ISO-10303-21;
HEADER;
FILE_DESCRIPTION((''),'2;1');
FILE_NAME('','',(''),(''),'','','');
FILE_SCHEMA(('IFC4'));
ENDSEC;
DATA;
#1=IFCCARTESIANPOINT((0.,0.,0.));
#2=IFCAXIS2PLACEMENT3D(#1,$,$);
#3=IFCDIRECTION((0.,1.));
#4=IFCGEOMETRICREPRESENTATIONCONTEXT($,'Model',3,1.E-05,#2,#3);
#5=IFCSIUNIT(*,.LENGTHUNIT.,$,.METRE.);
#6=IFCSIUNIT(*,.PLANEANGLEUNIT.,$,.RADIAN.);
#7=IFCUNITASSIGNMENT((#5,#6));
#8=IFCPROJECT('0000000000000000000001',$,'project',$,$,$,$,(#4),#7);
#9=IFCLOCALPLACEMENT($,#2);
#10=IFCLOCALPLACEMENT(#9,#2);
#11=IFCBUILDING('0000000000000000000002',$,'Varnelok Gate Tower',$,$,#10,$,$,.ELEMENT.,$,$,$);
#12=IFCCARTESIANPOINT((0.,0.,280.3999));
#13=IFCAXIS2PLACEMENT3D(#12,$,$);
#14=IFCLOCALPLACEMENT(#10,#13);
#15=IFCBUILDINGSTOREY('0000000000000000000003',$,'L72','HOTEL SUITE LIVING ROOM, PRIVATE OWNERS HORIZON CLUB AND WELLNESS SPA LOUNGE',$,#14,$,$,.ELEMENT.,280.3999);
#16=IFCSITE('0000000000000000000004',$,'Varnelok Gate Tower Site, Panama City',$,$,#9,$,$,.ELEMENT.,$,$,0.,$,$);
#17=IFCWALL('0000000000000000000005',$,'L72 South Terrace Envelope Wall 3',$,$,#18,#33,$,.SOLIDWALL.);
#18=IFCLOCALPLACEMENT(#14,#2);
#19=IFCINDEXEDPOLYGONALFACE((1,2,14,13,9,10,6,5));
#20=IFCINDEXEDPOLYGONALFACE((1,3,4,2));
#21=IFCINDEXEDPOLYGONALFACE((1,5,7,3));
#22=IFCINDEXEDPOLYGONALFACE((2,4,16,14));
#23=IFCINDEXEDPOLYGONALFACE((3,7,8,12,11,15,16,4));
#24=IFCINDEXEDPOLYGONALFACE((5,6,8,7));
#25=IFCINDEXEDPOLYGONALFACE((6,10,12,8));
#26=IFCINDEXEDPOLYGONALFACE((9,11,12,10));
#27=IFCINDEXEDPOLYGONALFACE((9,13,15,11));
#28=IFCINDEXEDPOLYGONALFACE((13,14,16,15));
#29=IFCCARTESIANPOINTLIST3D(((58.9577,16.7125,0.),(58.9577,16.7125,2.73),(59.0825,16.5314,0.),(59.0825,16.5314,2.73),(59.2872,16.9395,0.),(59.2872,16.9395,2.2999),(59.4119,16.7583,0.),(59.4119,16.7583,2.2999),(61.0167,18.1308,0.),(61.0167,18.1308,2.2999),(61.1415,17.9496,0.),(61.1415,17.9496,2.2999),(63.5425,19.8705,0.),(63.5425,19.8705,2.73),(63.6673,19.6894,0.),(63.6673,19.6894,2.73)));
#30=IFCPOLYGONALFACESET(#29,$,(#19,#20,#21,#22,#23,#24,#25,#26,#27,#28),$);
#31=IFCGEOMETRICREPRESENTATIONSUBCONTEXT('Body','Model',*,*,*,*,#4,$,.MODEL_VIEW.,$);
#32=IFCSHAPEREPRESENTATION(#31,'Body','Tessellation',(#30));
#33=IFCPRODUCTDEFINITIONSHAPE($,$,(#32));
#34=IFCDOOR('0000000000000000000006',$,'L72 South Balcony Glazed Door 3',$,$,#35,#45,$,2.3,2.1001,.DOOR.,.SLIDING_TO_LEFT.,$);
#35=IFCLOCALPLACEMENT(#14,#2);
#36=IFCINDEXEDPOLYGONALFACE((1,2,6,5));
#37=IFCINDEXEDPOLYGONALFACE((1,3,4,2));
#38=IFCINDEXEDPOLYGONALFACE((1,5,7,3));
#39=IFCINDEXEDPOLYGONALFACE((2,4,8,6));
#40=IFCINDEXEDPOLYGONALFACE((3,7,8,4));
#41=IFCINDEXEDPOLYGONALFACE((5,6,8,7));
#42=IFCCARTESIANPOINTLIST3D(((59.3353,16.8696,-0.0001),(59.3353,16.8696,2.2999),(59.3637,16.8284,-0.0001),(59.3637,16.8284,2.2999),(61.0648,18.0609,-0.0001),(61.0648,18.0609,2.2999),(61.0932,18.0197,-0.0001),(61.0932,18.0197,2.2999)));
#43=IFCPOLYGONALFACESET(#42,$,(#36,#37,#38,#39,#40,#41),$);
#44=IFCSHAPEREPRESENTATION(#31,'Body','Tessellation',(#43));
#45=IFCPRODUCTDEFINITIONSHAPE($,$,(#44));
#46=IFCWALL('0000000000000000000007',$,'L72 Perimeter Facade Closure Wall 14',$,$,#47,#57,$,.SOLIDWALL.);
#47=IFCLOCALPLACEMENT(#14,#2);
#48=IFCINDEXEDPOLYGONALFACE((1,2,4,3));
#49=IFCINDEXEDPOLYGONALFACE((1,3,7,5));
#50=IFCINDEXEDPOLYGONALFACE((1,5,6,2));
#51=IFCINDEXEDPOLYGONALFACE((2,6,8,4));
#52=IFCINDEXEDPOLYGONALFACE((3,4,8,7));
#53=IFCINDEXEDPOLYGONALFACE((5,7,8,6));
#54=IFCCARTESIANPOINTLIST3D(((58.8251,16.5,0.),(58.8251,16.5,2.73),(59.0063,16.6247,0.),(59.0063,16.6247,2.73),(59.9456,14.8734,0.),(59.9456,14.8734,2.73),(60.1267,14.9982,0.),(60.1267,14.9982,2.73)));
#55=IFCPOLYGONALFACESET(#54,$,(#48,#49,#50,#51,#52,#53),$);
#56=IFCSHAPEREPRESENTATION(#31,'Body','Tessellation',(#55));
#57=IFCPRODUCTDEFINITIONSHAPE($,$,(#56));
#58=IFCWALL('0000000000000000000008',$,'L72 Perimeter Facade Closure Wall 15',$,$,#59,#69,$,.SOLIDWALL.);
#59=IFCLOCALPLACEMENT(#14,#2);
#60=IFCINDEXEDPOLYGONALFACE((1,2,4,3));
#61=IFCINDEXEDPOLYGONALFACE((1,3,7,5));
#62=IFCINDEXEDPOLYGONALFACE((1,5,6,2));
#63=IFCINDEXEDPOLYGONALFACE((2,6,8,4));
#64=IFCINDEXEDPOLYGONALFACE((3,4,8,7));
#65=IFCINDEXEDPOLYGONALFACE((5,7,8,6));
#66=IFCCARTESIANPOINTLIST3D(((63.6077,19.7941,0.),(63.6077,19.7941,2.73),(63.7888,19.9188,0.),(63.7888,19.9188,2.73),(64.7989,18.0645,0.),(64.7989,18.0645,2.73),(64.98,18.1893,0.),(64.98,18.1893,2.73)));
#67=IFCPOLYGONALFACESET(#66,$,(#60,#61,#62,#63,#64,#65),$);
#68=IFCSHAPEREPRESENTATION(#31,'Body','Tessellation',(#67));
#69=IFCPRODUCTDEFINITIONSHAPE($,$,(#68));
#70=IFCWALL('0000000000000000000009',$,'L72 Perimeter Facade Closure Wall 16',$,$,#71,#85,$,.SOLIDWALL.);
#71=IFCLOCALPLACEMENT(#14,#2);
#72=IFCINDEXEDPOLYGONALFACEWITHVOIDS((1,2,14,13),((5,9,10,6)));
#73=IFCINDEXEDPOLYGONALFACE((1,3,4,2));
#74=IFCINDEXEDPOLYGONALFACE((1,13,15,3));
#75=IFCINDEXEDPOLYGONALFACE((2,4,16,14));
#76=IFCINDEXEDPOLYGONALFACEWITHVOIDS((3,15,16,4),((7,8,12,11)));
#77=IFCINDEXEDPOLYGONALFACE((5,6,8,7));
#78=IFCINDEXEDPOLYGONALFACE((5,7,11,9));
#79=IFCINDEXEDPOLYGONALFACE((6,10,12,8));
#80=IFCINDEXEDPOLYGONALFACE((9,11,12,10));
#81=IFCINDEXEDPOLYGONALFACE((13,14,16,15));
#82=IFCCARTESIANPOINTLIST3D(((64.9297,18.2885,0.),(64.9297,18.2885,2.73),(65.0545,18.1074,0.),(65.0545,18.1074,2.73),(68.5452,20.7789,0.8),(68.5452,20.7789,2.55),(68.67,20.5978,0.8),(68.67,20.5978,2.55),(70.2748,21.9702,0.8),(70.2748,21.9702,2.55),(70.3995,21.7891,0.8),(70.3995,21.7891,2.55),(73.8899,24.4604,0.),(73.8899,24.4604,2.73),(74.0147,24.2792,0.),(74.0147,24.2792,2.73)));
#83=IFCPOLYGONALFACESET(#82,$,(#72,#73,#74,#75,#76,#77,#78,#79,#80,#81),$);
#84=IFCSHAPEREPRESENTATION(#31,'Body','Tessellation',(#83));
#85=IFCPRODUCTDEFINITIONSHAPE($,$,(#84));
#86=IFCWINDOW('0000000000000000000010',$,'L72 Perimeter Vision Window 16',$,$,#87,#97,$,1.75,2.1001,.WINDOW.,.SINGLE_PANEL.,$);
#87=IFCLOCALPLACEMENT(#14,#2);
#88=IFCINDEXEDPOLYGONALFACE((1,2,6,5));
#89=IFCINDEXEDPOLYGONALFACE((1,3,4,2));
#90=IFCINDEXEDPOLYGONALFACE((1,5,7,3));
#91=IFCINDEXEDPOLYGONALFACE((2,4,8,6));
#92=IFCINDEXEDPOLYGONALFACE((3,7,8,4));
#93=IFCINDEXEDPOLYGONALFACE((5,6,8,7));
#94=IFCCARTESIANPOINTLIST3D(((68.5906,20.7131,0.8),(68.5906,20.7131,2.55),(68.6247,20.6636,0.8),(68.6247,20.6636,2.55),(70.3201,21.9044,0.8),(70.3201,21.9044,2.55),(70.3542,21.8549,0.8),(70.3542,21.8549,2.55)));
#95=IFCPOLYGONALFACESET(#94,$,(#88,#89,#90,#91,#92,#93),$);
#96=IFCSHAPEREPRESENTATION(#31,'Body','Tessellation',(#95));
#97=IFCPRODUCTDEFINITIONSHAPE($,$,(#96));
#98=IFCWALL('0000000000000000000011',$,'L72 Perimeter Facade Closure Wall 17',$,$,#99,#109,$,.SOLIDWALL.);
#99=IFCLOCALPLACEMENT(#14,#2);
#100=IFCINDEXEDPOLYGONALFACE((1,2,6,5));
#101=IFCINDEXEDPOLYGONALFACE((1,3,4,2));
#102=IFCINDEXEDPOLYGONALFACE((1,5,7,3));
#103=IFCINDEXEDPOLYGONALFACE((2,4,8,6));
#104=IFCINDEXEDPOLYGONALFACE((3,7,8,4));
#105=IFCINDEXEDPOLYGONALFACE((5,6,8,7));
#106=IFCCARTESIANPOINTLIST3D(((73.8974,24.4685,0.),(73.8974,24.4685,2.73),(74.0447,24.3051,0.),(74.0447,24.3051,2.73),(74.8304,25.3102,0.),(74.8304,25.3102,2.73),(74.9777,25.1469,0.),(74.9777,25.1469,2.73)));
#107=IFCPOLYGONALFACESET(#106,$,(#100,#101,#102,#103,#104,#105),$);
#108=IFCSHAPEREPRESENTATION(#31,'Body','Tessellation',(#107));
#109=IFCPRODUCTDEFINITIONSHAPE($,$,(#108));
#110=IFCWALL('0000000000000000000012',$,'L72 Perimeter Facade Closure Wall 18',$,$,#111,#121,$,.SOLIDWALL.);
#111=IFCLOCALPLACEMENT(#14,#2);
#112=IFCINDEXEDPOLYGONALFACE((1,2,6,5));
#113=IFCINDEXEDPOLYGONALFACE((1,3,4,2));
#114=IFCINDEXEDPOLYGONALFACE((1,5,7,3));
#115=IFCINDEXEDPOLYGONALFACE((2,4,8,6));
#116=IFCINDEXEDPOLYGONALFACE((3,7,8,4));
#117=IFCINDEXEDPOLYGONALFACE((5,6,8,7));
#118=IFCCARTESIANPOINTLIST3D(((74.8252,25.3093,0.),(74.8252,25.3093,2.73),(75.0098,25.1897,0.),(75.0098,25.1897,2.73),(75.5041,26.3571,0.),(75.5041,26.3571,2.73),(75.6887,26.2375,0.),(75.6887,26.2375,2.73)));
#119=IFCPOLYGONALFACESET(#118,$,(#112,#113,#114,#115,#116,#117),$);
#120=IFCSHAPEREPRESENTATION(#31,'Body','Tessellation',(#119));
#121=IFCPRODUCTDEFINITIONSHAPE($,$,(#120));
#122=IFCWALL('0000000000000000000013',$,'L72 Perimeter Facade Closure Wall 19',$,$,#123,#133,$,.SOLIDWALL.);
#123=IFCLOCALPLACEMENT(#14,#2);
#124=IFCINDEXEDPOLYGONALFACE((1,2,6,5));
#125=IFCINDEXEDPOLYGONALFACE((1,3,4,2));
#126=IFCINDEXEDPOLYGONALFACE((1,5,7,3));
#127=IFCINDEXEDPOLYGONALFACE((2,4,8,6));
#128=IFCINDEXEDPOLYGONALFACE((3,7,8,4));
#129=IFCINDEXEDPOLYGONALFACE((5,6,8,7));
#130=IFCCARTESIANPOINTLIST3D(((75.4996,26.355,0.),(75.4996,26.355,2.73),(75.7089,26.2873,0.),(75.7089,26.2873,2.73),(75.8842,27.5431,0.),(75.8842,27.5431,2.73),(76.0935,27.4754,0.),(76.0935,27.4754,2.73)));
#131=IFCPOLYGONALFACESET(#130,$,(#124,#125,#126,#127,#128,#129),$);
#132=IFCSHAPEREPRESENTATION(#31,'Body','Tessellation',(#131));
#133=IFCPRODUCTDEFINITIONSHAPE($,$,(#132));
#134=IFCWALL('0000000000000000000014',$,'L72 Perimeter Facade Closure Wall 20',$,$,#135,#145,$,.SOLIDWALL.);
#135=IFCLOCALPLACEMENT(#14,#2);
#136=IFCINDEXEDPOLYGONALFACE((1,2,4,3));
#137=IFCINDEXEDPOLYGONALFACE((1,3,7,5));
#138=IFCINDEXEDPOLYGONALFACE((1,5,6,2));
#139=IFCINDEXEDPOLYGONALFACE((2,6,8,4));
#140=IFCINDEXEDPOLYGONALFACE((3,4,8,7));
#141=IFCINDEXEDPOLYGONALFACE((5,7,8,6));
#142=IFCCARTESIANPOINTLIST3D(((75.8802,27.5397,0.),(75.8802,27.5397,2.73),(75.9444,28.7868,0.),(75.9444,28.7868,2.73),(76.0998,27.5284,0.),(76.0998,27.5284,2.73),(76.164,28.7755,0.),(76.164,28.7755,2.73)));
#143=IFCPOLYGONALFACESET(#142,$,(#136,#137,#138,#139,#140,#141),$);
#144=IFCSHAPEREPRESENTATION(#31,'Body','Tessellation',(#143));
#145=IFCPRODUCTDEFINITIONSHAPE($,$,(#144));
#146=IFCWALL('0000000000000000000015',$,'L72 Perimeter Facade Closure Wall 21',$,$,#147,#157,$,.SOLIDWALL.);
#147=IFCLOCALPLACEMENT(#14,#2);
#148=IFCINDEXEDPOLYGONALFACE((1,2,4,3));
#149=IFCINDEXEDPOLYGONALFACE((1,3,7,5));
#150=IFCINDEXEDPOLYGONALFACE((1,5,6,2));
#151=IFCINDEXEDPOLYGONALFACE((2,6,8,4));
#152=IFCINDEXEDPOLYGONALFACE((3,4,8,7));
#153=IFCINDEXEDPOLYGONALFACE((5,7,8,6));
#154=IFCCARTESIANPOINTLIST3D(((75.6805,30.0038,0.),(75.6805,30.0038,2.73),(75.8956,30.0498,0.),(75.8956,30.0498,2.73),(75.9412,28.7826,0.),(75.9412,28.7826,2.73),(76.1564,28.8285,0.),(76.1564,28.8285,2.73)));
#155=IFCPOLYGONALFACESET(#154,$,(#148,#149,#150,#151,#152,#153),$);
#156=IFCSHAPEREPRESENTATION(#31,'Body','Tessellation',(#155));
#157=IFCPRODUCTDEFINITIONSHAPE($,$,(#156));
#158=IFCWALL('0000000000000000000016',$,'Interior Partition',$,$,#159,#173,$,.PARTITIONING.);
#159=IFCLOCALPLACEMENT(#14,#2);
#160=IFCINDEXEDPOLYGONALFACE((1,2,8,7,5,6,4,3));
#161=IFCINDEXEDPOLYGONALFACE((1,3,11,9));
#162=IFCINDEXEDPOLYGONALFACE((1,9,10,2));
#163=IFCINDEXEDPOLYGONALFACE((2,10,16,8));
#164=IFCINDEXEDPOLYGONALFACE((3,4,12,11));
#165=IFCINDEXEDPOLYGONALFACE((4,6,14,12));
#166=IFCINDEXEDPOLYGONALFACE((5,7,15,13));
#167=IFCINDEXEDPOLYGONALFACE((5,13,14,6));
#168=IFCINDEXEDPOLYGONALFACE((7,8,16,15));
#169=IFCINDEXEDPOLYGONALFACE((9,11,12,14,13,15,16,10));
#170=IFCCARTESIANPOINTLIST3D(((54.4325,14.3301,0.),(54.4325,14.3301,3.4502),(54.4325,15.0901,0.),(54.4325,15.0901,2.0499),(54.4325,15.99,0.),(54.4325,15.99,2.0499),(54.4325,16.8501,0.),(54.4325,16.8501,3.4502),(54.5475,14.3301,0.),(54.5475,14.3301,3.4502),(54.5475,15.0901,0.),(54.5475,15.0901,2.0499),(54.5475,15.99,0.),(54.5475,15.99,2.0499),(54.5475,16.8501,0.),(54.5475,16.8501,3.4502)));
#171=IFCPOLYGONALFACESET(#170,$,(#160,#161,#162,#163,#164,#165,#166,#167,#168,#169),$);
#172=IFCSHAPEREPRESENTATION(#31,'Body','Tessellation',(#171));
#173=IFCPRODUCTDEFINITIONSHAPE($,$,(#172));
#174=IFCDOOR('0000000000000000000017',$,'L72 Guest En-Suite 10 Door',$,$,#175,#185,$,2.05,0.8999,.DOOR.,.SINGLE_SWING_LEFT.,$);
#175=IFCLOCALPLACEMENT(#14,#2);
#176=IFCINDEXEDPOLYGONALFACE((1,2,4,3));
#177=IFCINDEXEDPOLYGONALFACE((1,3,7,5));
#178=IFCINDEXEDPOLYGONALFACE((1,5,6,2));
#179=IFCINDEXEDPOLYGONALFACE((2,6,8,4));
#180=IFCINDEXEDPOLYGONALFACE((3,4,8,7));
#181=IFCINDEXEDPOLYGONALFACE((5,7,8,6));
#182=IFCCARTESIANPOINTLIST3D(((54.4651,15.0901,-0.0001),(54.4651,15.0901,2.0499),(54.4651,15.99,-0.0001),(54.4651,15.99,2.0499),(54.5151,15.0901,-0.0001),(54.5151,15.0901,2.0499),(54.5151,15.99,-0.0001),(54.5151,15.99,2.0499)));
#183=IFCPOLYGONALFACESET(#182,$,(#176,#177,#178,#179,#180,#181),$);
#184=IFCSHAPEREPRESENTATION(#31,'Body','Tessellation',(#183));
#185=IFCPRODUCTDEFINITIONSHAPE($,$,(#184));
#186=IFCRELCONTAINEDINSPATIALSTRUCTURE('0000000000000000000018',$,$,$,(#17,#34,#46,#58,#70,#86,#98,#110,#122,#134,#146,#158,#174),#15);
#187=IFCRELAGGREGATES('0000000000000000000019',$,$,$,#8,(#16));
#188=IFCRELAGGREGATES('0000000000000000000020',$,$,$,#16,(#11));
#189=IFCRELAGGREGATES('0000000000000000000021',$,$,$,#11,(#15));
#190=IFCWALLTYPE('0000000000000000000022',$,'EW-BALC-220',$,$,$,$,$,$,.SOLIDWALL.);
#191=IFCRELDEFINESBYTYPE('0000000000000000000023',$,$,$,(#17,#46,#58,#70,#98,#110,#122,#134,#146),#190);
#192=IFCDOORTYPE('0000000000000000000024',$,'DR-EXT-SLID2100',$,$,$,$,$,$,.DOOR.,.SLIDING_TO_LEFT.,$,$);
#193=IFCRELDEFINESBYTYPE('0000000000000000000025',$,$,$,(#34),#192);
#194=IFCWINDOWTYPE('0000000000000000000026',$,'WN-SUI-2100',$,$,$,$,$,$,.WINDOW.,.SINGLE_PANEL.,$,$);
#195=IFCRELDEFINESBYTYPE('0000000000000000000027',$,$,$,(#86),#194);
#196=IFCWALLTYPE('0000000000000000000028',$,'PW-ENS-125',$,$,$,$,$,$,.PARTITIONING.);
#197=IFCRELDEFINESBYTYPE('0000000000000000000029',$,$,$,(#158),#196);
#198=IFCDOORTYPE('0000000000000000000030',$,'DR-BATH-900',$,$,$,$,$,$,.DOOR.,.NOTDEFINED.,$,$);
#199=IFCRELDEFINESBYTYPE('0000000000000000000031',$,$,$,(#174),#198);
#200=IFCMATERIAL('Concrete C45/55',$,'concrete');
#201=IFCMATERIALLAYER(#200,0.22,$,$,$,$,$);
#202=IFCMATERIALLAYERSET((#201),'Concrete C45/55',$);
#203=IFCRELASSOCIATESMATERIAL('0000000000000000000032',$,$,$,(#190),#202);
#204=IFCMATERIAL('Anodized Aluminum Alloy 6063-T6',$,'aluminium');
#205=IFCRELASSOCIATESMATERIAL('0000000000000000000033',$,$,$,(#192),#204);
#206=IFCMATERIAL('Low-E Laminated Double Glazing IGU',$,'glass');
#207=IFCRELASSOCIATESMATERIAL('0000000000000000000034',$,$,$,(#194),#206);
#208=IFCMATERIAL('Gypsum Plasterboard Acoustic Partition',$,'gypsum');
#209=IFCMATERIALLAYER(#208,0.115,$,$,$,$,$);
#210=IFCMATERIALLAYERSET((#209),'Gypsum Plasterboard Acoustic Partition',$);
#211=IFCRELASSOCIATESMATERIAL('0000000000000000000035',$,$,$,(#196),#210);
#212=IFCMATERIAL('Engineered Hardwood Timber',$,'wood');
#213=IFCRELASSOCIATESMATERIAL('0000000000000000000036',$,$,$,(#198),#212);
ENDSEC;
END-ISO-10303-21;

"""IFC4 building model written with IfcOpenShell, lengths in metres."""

from ifc_helpers import new_model, si_unit, direction, frame, frame_2d, origin, place, context, subcontext, project, spatial, rectangle, extrude, material, layer, layer_set, type_object, element, fill, save


model = new_model("IFC4")

# Units and contexts
model_context = context("Model", 3, precision=1e-05, world=origin(), true_north=direction((0.0, 1.0)))
body_context = subcontext(model_context, "Body", "Model", "MODEL_VIEW")
ifc_project = project(units=[si_unit("LENGTHUNIT", "METRE"), si_unit("PLANEANGLEUNIT", "RADIAN")], contexts=[model_context])

# Site, building, storey
site_placement = place(None, origin())
site = spatial("IfcSite", under=ifc_project, at=site_placement, Name="Varnelok Gate Tower Site, Panama City", CompositionType="ELEMENT", RefElevation=0.0)
building_placement = place(site_placement, origin())
building = spatial("IfcBuilding", under=site, at=building_placement, Name="Varnelok Gate Tower", CompositionType="ELEMENT")
storey_placement = place(building_placement, frame((0.0, 0.0, 280.3999)))
storey = spatial("IfcBuildingStorey", under=building, at=storey_placement, Name="L72", Description="HOTEL SUITE LIVING ROOM, PRIVATE OWNERS HORIZON CLUB AND WELLNESS SPA LOUNGE", CompositionType="ELEMENT", Elevation=280.3999)

# Wall, opening, door
ifc_material_1 = material(Name="Concrete C45/55", Category="concrete")
ifc_layer_1 = layer(ifc_material_1, 0.22)
ifc_layer_set_1 = layer_set([ifc_layer_1], Name="Concrete C45/55")
wall_type_1 = type_object("IfcWallType", Name="EW-BALC-220", PredefinedType="SOLIDWALL", material=ifc_layer_set_1)
wall_1_placement = place(storey_placement, frame((63.605, 19.78, 0.0), z_axis=(0.0, 0.0, 1.0), x_axis=(-0.823541, -0.567256, 0.0)))
wall_1 = element("IfcWall", 1, at=wall_1_placement, inside=storey, type_object=wall_type_1, Name="L72 South Terrace Envelope Wall 3", PredefinedType="SOLIDWALL", context=body_context, shape_type="SweptSolid", body=[
    extrude(rectangle(XDim=5.5671, YDim=0.22, at=frame_2d((2.7837, 0.0))), origin(), (0.0, 0.0, 1.0), 2.73),
])
opening_1_placement = place(wall_1_placement, frame((3.0671, 0.0, 0.0)))
opening_1 = element("IfcOpeningElement", 2, at=opening_1_placement, cuts=wall_1, PredefinedType="OPENING", context=body_context, shape_type="SweptSolid", body=[
    extrude(rectangle(XDim=2.1001, YDim=2.3, at=frame_2d((1.05, 1.1499))), frame((0.0, 0.1199, 0.0), z_axis=(0.0, -1.0, 0.0), x_axis=(1.0, 0.0, 0.0)), (0.0, 0.0, 1.0), 0.24),
])
ifc_material_2 = material(Name="Anodized Aluminum Alloy 6063-T6", Category="aluminium")
door_type_1 = type_object("IfcDoorType", Name="DR-EXT-SLID2100", OperationType="SLIDING_TO_LEFT", PredefinedType="DOOR", material=ifc_material_2)
door_1_placement = place(opening_1_placement, origin())
door_1 = element("IfcDoor", 3, at=door_1_placement, inside=storey, type_object=door_type_1, Name="L72 South Balcony Glazed Door 3", OperationType="SLIDING_TO_LEFT", OverallHeight=2.3, OverallWidth=2.1001, PredefinedType="DOOR", context=body_context, shape_type="SweptSolid", body=[
    extrude(rectangle(XDim=2.1001, YDim=2.3, at=frame_2d((1.05, 1.1499))), frame((0.0, 0.0249, 0.0), z_axis=(0.0, -1.0, 0.0), x_axis=(1.0, 0.0, 0.0)), (0.0, 0.0, 1.0), 0.05),
])
fill(opening_1, door_1)

# Walls
wall_2_placement = place(storey_placement, frame((60.0361, 14.9358, 0.0), z_axis=(0.0, 0.0, 1.0), x_axis=(-0.567274, 0.823529, 0.0)))
element("IfcWall", 4, at=wall_2_placement, inside=storey, type_object=wall_type_1, Name="L72 Perimeter Facade Closure Wall 14", PredefinedType="SOLIDWALL", context=body_context, shape_type="SweptSolid", body=[
    extrude(rectangle(XDim=1.9751, YDim=0.22, at=frame_2d((0.9875, 0.0))), origin(), (0.0, 0.0, 1.0), 2.73),
])
wall_3_placement = place(storey_placement, frame((63.6982, 19.8564, 0.0), z_axis=(0.0, 0.0, 1.0), x_axis=(0.567219, -0.823567, 0.0)))
element("IfcWall", 5, at=wall_3_placement, inside=storey, type_object=wall_type_1, Name="L72 Perimeter Facade Closure Wall 15", PredefinedType="SOLIDWALL", context=body_context, shape_type="SweptSolid", body=[
    extrude(rectangle(XDim=2.1001, YDim=0.22, at=frame_2d((1.05, 0.0))), origin(), (0.0, 0.0, 1.0), 2.73),
])

# Wall, opening, window
wall_4_placement = place(storey_placement, frame((64.9922, 18.198, 0.0), z_axis=(0.0, 0.0, 1.0), x_axis=(0.823538, 0.567261, 0.0)))
wall_4 = element("IfcWall", 6, at=wall_4_placement, inside=storey, type_object=wall_type_1, Name="L72 Perimeter Facade Closure Wall 16", PredefinedType="SOLIDWALL", context=body_context, shape_type="SweptSolid", body=[
    extrude(rectangle(XDim=10.8801, YDim=0.22, at=frame_2d((5.4399, 0.0))), origin(), (0.0, 0.0, 1.0), 2.73),
])
opening_2_placement = place(wall_4_placement, frame((4.3901, 0.0, 0.8)))
opening_2 = element("IfcOpeningElement", 7, at=opening_2_placement, cuts=wall_4, PredefinedType="OPENING", context=body_context, shape_type="SweptSolid", body=[
    extrude(rectangle(XDim=2.1001, YDim=1.75, at=frame_2d((1.05, 0.875))), frame((0.0, 0.1199, 0.0), z_axis=(0.0, -1.0, 0.0), x_axis=(1.0, 0.0, 0.0)), (0.0, 0.0, 1.0), 0.24),
])
ifc_material_3 = material(Name="Low-E Laminated Double Glazing IGU", Category="glass")
window_type = type_object("IfcWindowType", Name="WN-SUI-2100", PartitioningType="SINGLE_PANEL", PredefinedType="WINDOW", material=ifc_material_3)
window_placement = place(opening_2_placement, origin())
window = element("IfcWindow", 8, at=window_placement, inside=storey, type_object=window_type, Name="L72 Perimeter Vision Window 16", OverallHeight=1.75, OverallWidth=2.1001, PartitioningType="SINGLE_PANEL", PredefinedType="WINDOW", context=body_context, shape_type="SweptSolid", body=[
    extrude(rectangle(XDim=2.1001, YDim=1.75, at=frame_2d((1.05, 0.875))), frame((0.0, 0.03, 0.0), z_axis=(0.0, -1.0, 0.0), x_axis=(1.0, 0.0, 0.0)), (0.0, 0.0, 1.0), 0.0601),
])
fill(opening_2, window)

# Walls
wall_5_placement = place(storey_placement, frame((73.9709, 24.3867, 0.0), z_axis=(0.0, 0.0, 1.0), x_axis=(0.742502, 0.669844, 0.0)))
element("IfcWall", 9, at=wall_5_placement, inside=storey, type_object=wall_type_1, Name="L72 Perimeter Facade Closure Wall 17", PredefinedType="SOLIDWALL", context=body_context, shape_type="SweptSolid", body=[
    extrude(rectangle(XDim=1.2566, YDim=0.22, at=frame_2d((0.6284, 0.0))), origin(), (0.0, 0.0, 1.0), 2.73),
])
wall_6_placement = place(storey_placement, frame((74.9175, 25.2495, 0.0), z_axis=(0.0, 0.0, 1.0), x_axis=(0.543778, 0.839229, 0.0)))
element("IfcWall", 10, at=wall_6_placement, inside=storey, type_object=wall_type_1, Name="L72 Perimeter Facade Closure Wall 18", PredefinedType="SOLIDWALL", context=body_context, shape_type="SweptSolid", body=[
    extrude(rectangle(XDim=1.2485, YDim=0.22, at=frame_2d((0.6243, 0.0))), origin(), (0.0, 0.0, 1.0), 2.73),
])
for number, where, z_axis, x_axis, name in (
    (11, (75.6042, 26.321, 0.0), (0.0, 0.0, 1.0), (0.307945, 0.951404, 0.0), "L72 Perimeter Facade Closure Wall 19"),
    (12, (75.99, 27.5339, 0.0), (0.0, 0.0, 1.0), (0.05142, 0.998677, 0.0), "L72 Perimeter Facade Closure Wall 20"),
    (13, (76.0488, 28.8054, 0.0), (0.0, 0.0, 1.0), (-0.208808, 0.977957, 0.0), "L72 Perimeter Facade Closure Wall 21"),
):
    element("IfcWall", number, at=place(storey_placement, frame(where, z_axis=z_axis, x_axis=x_axis)), inside=storey, type_object=wall_type_1, Name=name, PredefinedType="SOLIDWALL", context=body_context, shape_type="SweptSolid", body=[
        extrude(rectangle(XDim=1.2488, YDim=0.22, at=frame_2d((0.6245, 0.0))), origin(), (0.0, 0.0, 1.0), 2.73),
    ])

# Wall, opening, door
ifc_material_4 = material(Name="Gypsum Plasterboard Acoustic Partition", Category="gypsum")
ifc_layer_2 = layer(ifc_material_4, 0.115)
ifc_layer_set_2 = layer_set([ifc_layer_2], Name="Gypsum Plasterboard Acoustic Partition")
wall_type_2 = type_object("IfcWallType", Name="PW-ENS-125", PredefinedType="PARTITIONING", material=ifc_layer_set_2)
wall_7_placement = place(storey_placement, frame((54.49, 14.3301, 0.0), z_axis=(0.0, 0.0, 1.0), x_axis=(0.0, 1.0, 0.0)))
wall_7 = element("IfcWall", 14, at=wall_7_placement, inside=storey, type_object=wall_type_2, Name="Interior Partition", PredefinedType="PARTITIONING", context=body_context, shape_type="SweptSolid", body=[
    extrude(rectangle(XDim=2.52, YDim=0.115, at=frame_2d((1.26, 0.0))), origin(), (0.0, 0.0, 1.0), 3.4502),
])
opening_3_placement = place(wall_7_placement, frame((0.76, 0.0, 0.0)))
opening_3 = element("IfcOpeningElement", 15, at=opening_3_placement, cuts=wall_7, PredefinedType="OPENING", context=body_context, shape_type="SweptSolid", body=[
    extrude(rectangle(XDim=0.8999, YDim=2.05, at=frame_2d((0.45, 1.0249))), frame((0.0, 0.0674, 0.0), z_axis=(0.0, -1.0, 0.0), x_axis=(1.0, 0.0, 0.0)), (0.0, 0.0, 1.0), 0.135),
])
ifc_material_5 = material(Name="Engineered Hardwood Timber", Category="wood")
door_type_2 = type_object("IfcDoorType", Name="DR-BATH-900", OperationType="NOTDEFINED", PredefinedType="DOOR", material=ifc_material_5)
door_2_placement = place(opening_3_placement, origin())
door_2 = element("IfcDoor", 16, at=door_2_placement, inside=storey, type_object=door_type_2, Name="L72 Guest En-Suite 10 Door", OperationType="SINGLE_SWING_LEFT", OverallHeight=2.05, OverallWidth=0.8999, PredefinedType="DOOR", context=body_context, shape_type="SweptSolid", body=[
    extrude(rectangle(XDim=0.8999, YDim=2.05, at=frame_2d((0.45, 1.0249))), frame((0.0, 0.0249, 0.0), z_axis=(0.0, -1.0, 0.0), x_axis=(1.0, 0.0, 0.0)), (0.0, 0.0, 1.0), 0.05),
])
fill(opening_3, door_2)

save(model, "model.ifc")
